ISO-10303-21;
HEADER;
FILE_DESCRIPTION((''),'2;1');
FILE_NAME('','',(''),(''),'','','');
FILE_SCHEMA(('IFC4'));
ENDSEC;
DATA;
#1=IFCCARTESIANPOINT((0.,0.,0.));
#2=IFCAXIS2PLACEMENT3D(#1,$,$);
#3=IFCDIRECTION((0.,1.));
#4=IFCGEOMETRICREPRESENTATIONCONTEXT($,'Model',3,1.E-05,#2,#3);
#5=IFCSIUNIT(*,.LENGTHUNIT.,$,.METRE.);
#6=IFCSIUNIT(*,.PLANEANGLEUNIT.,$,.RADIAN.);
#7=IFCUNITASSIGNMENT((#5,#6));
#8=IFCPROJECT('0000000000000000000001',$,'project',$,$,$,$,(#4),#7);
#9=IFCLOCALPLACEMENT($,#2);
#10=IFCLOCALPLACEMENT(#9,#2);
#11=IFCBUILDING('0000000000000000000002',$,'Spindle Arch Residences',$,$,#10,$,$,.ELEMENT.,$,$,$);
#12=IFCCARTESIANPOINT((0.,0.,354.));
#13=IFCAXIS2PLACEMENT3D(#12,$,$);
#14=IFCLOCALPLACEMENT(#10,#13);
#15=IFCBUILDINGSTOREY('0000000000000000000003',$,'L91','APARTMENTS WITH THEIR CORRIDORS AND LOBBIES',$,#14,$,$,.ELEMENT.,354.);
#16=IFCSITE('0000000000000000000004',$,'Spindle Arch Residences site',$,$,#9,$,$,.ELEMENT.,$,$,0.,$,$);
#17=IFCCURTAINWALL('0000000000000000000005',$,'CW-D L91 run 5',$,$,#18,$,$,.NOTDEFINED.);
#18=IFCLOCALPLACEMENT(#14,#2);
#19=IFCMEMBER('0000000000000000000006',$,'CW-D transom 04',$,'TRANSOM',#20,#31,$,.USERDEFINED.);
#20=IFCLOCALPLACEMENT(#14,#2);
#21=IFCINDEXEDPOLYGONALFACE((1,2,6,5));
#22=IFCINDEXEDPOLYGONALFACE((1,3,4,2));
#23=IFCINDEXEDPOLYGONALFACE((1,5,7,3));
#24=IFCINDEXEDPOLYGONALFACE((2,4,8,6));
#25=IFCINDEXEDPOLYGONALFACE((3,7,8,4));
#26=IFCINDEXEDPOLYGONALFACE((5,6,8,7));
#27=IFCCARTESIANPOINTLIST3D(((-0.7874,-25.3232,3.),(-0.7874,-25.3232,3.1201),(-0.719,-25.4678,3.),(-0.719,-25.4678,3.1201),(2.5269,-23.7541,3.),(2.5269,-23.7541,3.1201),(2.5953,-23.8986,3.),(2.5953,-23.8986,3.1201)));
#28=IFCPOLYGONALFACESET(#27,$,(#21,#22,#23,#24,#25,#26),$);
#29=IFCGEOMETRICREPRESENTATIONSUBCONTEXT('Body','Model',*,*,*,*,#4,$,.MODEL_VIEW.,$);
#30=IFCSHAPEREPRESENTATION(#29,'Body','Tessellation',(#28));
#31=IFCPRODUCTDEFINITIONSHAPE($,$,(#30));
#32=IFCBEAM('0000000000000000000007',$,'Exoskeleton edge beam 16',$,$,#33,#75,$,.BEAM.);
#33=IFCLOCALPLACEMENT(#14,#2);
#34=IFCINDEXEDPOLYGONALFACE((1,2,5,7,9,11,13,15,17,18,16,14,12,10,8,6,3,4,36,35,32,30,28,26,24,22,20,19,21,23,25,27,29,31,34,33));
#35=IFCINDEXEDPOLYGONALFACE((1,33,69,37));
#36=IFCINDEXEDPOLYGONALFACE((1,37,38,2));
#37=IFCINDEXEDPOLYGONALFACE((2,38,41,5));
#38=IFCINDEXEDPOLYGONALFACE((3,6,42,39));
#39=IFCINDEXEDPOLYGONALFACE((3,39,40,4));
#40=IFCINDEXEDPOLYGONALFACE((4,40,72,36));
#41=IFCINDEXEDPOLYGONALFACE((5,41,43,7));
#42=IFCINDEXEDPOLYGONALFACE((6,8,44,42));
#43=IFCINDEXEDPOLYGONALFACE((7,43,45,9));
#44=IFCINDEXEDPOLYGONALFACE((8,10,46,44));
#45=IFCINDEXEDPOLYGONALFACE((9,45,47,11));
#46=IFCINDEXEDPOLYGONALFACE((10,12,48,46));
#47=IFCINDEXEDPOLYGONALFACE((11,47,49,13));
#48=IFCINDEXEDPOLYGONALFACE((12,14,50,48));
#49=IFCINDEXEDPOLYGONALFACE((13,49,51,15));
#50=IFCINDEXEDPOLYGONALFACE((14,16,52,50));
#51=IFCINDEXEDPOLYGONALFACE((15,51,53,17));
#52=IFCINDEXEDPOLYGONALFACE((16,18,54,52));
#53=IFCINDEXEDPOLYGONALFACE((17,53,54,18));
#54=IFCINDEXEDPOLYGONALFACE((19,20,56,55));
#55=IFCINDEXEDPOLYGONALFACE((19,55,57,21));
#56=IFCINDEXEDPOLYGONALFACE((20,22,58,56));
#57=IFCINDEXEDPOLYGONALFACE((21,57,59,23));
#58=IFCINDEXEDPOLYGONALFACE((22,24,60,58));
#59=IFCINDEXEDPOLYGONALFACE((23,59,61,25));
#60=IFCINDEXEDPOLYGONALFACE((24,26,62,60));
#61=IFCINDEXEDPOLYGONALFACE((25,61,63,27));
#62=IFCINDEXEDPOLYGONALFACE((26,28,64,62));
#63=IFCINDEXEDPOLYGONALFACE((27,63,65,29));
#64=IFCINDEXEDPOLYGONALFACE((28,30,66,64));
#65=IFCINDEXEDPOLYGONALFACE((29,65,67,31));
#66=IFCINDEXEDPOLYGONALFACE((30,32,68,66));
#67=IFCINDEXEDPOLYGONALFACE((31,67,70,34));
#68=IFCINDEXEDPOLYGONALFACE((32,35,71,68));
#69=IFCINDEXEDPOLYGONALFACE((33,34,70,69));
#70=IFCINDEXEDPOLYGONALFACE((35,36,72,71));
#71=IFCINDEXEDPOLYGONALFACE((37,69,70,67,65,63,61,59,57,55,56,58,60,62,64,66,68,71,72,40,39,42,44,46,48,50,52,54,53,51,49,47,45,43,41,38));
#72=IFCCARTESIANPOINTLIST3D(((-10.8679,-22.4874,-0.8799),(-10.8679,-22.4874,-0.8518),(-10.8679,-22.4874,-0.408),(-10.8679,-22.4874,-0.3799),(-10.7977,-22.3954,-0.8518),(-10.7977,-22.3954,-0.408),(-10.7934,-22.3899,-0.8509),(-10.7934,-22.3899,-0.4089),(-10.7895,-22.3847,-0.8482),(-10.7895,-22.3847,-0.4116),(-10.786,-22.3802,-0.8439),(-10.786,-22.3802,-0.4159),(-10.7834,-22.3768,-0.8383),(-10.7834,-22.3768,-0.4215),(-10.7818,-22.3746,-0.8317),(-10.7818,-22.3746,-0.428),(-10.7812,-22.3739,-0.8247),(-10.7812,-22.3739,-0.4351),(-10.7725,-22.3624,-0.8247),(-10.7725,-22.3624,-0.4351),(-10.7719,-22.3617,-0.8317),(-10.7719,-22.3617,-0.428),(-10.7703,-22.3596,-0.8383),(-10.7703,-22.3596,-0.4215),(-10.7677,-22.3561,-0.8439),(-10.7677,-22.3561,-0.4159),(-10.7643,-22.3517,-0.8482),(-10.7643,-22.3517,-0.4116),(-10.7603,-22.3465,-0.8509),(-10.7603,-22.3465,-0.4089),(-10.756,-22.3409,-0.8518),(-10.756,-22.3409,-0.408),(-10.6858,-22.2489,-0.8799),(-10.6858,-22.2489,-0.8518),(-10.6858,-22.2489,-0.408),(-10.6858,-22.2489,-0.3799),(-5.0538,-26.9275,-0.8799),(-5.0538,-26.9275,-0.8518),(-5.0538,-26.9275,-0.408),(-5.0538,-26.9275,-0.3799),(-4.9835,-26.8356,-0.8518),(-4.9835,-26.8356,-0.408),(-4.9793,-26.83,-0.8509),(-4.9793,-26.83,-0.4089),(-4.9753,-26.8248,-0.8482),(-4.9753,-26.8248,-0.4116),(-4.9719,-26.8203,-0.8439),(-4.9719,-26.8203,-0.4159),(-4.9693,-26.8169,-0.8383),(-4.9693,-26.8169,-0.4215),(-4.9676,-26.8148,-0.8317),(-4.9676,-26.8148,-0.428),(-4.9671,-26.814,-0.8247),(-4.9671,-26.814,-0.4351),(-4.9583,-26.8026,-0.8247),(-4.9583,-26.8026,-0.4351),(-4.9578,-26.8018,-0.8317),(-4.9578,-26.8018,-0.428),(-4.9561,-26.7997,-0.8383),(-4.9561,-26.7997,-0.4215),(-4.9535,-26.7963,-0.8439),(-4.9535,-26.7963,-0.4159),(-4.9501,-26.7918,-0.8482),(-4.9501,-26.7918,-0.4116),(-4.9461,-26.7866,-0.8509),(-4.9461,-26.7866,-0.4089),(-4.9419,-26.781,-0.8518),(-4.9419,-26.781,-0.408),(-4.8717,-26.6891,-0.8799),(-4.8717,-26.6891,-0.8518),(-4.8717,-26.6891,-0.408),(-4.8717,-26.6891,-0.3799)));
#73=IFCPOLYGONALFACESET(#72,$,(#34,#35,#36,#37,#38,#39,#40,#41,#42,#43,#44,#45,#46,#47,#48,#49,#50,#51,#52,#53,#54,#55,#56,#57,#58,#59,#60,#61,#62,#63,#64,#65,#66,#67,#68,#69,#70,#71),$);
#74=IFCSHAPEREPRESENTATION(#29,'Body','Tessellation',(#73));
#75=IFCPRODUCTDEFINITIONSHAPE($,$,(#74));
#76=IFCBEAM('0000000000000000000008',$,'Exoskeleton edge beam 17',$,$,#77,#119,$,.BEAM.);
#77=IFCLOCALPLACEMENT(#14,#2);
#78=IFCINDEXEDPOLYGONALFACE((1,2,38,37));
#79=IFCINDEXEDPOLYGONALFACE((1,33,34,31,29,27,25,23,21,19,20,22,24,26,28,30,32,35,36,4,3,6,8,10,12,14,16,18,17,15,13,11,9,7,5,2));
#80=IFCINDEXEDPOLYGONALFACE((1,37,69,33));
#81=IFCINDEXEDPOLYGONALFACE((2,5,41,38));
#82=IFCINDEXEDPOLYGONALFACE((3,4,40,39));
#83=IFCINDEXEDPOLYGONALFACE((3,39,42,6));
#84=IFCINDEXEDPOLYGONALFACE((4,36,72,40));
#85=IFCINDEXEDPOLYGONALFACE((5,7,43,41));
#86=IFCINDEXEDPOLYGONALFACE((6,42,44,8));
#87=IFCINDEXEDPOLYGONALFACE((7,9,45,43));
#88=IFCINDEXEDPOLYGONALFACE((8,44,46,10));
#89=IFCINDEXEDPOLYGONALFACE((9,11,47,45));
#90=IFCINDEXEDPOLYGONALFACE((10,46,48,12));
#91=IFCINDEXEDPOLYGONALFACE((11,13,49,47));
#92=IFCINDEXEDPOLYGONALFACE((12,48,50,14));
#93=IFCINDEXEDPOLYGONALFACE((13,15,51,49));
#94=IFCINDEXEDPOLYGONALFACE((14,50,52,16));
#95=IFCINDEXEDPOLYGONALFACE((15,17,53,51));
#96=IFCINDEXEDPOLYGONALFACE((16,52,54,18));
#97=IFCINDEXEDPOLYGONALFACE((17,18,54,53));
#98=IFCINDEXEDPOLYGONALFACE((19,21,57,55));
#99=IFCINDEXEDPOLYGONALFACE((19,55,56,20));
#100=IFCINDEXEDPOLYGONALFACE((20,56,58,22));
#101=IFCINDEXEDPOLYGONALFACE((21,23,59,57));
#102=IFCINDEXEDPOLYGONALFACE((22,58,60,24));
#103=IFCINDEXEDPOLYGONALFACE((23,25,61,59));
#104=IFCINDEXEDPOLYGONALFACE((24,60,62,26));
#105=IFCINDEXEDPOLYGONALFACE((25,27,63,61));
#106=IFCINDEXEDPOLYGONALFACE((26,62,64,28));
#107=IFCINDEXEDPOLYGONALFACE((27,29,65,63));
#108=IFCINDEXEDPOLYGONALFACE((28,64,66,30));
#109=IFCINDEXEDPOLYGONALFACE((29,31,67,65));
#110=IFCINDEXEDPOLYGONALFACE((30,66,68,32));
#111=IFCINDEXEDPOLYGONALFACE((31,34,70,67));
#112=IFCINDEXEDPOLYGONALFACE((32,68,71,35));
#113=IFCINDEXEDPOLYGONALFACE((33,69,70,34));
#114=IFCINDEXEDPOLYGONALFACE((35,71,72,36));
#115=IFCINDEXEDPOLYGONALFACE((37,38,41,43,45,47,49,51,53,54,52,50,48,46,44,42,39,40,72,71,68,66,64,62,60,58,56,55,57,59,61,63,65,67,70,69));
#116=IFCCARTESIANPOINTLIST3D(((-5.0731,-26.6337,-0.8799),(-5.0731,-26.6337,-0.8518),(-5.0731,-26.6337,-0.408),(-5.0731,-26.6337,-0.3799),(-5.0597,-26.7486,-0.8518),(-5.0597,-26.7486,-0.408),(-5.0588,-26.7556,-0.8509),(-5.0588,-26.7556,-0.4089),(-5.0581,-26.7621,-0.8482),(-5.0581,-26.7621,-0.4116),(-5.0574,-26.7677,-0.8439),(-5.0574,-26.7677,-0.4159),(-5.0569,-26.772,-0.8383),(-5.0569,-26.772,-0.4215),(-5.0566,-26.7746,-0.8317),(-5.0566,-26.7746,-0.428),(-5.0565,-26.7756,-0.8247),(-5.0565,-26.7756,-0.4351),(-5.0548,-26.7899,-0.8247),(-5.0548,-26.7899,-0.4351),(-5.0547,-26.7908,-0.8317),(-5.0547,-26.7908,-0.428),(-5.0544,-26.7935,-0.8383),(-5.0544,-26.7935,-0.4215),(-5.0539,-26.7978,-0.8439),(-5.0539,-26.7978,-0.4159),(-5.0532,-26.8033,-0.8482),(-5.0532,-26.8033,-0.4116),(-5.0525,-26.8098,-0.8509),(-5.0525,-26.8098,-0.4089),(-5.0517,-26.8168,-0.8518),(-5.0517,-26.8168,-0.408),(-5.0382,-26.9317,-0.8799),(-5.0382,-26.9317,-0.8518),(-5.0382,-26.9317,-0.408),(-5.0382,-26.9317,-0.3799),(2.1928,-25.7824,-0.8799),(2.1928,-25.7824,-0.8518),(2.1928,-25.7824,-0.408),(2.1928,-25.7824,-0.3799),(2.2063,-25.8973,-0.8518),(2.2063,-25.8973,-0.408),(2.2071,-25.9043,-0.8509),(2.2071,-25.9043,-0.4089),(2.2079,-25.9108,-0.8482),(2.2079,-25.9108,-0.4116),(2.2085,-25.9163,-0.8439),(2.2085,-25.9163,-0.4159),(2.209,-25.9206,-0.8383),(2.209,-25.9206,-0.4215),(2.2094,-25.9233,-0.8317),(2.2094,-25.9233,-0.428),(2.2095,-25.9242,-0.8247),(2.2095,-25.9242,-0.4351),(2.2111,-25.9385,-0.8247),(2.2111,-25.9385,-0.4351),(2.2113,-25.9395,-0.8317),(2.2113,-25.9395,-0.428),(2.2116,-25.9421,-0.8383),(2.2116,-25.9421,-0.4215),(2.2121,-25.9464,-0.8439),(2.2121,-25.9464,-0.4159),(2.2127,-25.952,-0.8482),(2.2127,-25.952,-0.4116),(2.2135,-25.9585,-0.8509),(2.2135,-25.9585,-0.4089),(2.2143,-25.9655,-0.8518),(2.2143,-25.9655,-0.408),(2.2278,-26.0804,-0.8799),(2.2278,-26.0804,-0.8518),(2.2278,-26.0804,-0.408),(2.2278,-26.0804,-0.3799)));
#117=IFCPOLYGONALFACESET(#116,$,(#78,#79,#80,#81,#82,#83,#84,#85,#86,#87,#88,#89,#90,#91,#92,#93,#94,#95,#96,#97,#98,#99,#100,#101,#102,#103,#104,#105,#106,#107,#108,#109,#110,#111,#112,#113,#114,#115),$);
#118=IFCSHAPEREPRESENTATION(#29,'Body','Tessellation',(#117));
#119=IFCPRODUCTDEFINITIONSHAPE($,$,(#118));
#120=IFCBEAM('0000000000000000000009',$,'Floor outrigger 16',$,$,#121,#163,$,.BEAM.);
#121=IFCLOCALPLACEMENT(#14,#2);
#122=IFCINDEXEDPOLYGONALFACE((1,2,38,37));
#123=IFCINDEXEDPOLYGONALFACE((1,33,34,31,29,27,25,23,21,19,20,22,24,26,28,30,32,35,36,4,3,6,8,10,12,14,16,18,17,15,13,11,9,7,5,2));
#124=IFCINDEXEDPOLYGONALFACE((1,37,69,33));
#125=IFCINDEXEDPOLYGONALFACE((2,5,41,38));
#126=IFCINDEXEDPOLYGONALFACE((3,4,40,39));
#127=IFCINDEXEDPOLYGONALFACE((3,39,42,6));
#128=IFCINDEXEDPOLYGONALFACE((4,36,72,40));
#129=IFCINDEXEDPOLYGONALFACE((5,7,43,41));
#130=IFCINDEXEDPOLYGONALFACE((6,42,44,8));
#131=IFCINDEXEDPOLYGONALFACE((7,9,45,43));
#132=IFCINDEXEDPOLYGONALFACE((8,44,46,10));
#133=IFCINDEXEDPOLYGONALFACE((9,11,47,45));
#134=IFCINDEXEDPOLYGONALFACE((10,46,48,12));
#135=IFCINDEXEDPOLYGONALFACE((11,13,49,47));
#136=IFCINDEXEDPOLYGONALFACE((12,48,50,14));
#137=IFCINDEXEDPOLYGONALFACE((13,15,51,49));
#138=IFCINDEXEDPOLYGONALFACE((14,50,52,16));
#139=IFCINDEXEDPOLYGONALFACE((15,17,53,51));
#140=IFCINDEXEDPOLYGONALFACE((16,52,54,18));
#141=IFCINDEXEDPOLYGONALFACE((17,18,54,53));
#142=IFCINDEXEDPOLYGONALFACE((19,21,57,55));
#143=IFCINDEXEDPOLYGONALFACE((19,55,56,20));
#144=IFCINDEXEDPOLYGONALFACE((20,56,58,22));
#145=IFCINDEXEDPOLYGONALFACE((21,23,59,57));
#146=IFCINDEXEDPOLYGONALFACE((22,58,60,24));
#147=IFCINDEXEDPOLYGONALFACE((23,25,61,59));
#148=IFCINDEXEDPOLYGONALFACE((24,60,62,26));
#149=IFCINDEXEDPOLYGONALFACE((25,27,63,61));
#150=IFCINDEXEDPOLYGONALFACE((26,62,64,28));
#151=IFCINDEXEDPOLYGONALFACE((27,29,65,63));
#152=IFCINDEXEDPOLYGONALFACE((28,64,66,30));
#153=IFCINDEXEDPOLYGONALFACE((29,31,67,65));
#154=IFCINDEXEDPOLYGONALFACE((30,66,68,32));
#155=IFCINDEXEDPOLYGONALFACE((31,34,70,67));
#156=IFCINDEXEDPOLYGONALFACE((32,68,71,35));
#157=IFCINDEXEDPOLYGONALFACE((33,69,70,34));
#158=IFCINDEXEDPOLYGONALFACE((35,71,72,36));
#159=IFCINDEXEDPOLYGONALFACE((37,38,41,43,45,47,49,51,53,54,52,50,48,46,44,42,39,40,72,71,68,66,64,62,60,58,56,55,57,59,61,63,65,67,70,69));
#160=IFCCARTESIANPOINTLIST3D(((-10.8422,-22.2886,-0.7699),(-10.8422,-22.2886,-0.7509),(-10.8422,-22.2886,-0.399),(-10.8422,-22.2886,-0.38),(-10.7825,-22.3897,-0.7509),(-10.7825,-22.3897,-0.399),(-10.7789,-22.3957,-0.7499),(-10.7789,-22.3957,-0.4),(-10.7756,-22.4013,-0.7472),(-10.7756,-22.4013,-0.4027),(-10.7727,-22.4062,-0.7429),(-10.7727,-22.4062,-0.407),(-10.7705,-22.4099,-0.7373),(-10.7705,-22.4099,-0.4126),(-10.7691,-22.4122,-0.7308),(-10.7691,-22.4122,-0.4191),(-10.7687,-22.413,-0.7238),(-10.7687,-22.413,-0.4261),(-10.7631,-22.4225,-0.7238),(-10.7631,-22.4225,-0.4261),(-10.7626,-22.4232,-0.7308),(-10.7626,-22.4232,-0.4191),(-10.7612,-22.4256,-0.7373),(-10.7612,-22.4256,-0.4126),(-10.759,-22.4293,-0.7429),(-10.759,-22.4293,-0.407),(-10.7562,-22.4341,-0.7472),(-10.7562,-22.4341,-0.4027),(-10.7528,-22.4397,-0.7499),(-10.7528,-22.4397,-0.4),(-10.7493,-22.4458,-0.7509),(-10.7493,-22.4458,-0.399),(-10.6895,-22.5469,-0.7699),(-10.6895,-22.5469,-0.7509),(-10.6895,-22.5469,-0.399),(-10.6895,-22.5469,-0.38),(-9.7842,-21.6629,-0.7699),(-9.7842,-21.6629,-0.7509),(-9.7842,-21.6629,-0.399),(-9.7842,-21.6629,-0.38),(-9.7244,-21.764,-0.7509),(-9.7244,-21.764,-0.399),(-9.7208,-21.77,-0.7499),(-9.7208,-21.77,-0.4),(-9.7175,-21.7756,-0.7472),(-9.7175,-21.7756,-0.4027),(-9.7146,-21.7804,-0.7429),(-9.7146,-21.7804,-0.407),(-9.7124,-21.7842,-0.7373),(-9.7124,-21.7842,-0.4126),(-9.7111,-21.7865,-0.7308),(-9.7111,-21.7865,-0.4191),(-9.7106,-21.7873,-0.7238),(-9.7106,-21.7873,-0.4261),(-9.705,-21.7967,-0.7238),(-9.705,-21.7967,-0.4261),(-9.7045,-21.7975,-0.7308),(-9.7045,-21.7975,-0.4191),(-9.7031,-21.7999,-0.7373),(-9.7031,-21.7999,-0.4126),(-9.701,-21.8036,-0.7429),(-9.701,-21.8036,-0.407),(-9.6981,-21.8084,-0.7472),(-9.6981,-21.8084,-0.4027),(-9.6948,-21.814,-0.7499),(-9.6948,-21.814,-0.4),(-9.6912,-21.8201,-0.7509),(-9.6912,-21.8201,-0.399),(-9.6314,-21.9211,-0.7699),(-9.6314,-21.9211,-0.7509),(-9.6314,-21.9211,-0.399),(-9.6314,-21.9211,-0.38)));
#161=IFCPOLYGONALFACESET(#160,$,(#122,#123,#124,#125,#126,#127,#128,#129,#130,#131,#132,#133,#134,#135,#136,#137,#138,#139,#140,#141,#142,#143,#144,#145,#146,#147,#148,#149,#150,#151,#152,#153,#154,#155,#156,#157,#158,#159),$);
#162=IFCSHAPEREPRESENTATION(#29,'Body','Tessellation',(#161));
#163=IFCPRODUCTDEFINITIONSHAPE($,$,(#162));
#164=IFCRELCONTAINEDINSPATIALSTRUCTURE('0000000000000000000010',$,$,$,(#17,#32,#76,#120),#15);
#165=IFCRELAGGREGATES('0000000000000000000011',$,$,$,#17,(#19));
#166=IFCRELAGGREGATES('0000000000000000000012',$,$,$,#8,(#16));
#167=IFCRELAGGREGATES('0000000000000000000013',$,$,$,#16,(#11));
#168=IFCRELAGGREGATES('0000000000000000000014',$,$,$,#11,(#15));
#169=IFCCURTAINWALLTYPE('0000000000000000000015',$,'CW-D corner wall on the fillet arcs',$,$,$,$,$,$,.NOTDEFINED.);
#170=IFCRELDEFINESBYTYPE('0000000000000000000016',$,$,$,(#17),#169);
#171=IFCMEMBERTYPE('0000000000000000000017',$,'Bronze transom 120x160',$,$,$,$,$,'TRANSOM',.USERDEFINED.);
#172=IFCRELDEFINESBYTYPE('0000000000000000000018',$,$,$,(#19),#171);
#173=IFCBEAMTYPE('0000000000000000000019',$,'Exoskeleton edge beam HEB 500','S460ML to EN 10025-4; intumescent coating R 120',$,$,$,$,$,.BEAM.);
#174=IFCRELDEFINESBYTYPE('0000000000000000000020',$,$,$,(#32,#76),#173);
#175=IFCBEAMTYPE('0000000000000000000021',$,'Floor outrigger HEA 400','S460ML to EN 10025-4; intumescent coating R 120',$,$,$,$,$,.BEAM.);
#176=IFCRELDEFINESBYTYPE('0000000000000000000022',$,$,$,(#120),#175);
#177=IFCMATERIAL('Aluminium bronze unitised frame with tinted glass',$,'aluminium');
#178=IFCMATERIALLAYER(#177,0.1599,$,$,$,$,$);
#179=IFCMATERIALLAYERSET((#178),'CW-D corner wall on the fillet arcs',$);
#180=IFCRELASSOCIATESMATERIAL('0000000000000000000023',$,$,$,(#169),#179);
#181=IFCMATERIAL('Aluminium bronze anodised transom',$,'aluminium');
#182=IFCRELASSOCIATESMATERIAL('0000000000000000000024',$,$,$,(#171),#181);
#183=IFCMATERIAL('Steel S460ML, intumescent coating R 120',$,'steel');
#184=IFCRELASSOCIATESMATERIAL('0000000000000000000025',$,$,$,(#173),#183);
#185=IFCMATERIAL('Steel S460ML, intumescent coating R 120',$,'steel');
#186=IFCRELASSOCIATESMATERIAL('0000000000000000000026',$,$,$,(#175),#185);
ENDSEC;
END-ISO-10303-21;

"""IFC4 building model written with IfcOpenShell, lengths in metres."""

from ifc_helpers import new_model, si_unit, direction, frame, origin, origin_2d, place, context, subcontext, project, spatial, rectangle, i_section, extrude, material, layer, layer_set, material_profile, profile_set, type_object, element, aggregate, save


model = new_model("IFC4")

# Units and contexts
model_context = context("Model", 3, precision=1e-05, world=origin(), true_north=direction((0.0, 1.0)))
body_context = subcontext(model_context, "Body", "Model", "MODEL_VIEW")
ifc_project = project(units=[si_unit("LENGTHUNIT", "METRE"), si_unit("PLANEANGLEUNIT", "RADIAN")], contexts=[model_context])

# Site, building, storey
site_placement = place(None, origin())
site = spatial("IfcSite", under=ifc_project, at=site_placement, Name="Spindle Arch Residences site", CompositionType="ELEMENT", RefElevation=0.0)
building_placement = place(site_placement, origin())
building = spatial("IfcBuilding", under=site, at=building_placement, Name="Spindle Arch Residences", CompositionType="ELEMENT")
storey_placement = place(building_placement, frame((0.0, 0.0, 354.0)))
storey = spatial("IfcBuildingStorey", under=building, at=storey_placement, Name="L91", Description="APARTMENTS WITH THEIR CORRIDORS AND LOBBIES", CompositionType="ELEMENT", Elevation=354.0)

# Curtain wall, member
ifc_material_1 = material(Name="Aluminium bronze unitised frame with tinted glass", Category="aluminium")
ifc_layer_1 = layer(ifc_material_1, 0.1599)
ifc_layer_set_1 = layer_set([ifc_layer_1], Name="CW-D corner wall on the fillet arcs")
curtain_wall_type = type_object("IfcCurtainWallType", Name="CW-D corner wall on the fillet arcs", PredefinedType="NOTDEFINED", material=ifc_layer_set_1)
curtain_wall_placement = place(storey_placement, origin())
curtain_wall = element("IfcCurtainWall", 1, at=curtain_wall_placement, inside=storey, type_object=curtain_wall_type, Name="CW-D L91 run 5", PredefinedType="NOTDEFINED")
ifc_material_2 = material(Name="Aluminium bronze anodised transom", Category="aluminium")
ifc_material_profile_1 = material_profile(ifc_material_2, rectangle(XDim=0.1599, YDim=0.1201, at=origin_2d()), Name="TR 120x160")
ifc_profile_set_1 = profile_set([ifc_material_profile_1], Name="Aluminium bronze anodised transom")
member_type_1 = type_object("IfcMemberType", Name="Bronze transom 120x160", ElementType="TRANSOM", PredefinedType="USERDEFINED", material=ifc_profile_set_1)
member_1_placement = place(storey_placement, frame((-0.7532, -25.3955, 3.0601), z_axis=(0.903822, 0.427909, 0.0), x_axis=(-0.427909, 0.903822, 0.0)))
member_1 = element("IfcMember", 2, at=member_1_placement, type_object=member_type_1, Name="CW-D transom 04", ObjectType="TRANSOM", PredefinedType="USERDEFINED", context=body_context, shape_type="SweptSolid", body=[
    extrude(rectangle(XDim=0.1599, YDim=0.1201, at=origin_2d()), origin(), (0.0, 0.0, 1.0), 3.667),
])

# Beams
ifc_material_3 = material(Name="Steel S460ML, intumescent coating R 120", Category="steel")
ifc_material_profile_2 = material_profile(ifc_material_3, i_section(OverallWidth=0.3, OverallDepth=0.5, WebThickness=0.0144, FlangeThickness=0.0281, FilletRadius=0.0271, at=origin_2d()), Name="HEB 500")
ifc_profile_set_2 = profile_set([ifc_material_profile_2], Name="Steel S460ML, intumescent coating R 120")
beam_type_1 = type_object("IfcBeamType", Name="Exoskeleton edge beam HEB 500", Description="S460ML to EN 10025-4; intumescent coating R 120", PredefinedType="BEAM", material=ifc_profile_set_2)
for number, where, z_axis, x_axis, name in (
    (3, (-10.7769, -22.3682, -0.6299), (0.794752, -0.606935, 0.0), (0.606935, 0.794752, 0.0), "Exoskeleton edge beam 16"),
    (4, (-5.0557, -26.7827, -0.6299), (0.993206, 0.116371, 0.0), (-0.116371, 0.993206, 0.0), "Exoskeleton edge beam 17"),
):
    element("IfcBeam", number, at=place(storey_placement, frame(where, z_axis=z_axis, x_axis=x_axis)), inside=storey, type_object=beam_type_1, Name=name, PredefinedType="BEAM", context=body_context, shape_type="SweptSolid", body=[
        extrude(i_section(OverallWidth=0.3, OverallDepth=0.5, WebThickness=0.0144, FlangeThickness=0.0281, FilletRadius=0.0271, at=origin_2d()), origin(), (0.0, 0.0, 1.0), 7.3157),
    ])
ifc_material_4 = material(Name="Steel S460ML, intumescent coating R 120", Category="steel")
ifc_material_profile_3 = material_profile(ifc_material_4, i_section(OverallWidth=0.3, OverallDepth=0.3899, WebThickness=0.011, FlangeThickness=0.019, FilletRadius=0.0271, at=origin_2d()), Name="HEA 400")
ifc_profile_set_3 = profile_set([ifc_material_profile_3], Name="Steel S460ML, intumescent coating R 120")
beam_type_2 = type_object("IfcBeamType", Name="Floor outrigger HEA 400", Description="S460ML to EN 10025-4; intumescent coating R 120", PredefinedType="BEAM", material=ifc_profile_set_3)
beam_1_placement = place(storey_placement, frame((-10.7659, -22.4177, -0.575), z_axis=(0.860753, 0.509024, 0.0), x_axis=(-0.509024, 0.860753, 0.0)))
element("IfcBeam", 5, at=beam_1_placement, inside=storey, type_object=beam_type_2, Name="Floor outrigger 16", PredefinedType="BEAM", context=body_context, shape_type="SweptSolid", body=[
    extrude(i_section(OverallWidth=0.3, OverallDepth=0.3899, WebThickness=0.011, FlangeThickness=0.019, FilletRadius=0.0271, at=origin_2d()), origin(), (0.0, 0.0, 1.0), 1.2292),
])

aggregate(curtain_wall, [member_1])

save(model, "model.ifc")
